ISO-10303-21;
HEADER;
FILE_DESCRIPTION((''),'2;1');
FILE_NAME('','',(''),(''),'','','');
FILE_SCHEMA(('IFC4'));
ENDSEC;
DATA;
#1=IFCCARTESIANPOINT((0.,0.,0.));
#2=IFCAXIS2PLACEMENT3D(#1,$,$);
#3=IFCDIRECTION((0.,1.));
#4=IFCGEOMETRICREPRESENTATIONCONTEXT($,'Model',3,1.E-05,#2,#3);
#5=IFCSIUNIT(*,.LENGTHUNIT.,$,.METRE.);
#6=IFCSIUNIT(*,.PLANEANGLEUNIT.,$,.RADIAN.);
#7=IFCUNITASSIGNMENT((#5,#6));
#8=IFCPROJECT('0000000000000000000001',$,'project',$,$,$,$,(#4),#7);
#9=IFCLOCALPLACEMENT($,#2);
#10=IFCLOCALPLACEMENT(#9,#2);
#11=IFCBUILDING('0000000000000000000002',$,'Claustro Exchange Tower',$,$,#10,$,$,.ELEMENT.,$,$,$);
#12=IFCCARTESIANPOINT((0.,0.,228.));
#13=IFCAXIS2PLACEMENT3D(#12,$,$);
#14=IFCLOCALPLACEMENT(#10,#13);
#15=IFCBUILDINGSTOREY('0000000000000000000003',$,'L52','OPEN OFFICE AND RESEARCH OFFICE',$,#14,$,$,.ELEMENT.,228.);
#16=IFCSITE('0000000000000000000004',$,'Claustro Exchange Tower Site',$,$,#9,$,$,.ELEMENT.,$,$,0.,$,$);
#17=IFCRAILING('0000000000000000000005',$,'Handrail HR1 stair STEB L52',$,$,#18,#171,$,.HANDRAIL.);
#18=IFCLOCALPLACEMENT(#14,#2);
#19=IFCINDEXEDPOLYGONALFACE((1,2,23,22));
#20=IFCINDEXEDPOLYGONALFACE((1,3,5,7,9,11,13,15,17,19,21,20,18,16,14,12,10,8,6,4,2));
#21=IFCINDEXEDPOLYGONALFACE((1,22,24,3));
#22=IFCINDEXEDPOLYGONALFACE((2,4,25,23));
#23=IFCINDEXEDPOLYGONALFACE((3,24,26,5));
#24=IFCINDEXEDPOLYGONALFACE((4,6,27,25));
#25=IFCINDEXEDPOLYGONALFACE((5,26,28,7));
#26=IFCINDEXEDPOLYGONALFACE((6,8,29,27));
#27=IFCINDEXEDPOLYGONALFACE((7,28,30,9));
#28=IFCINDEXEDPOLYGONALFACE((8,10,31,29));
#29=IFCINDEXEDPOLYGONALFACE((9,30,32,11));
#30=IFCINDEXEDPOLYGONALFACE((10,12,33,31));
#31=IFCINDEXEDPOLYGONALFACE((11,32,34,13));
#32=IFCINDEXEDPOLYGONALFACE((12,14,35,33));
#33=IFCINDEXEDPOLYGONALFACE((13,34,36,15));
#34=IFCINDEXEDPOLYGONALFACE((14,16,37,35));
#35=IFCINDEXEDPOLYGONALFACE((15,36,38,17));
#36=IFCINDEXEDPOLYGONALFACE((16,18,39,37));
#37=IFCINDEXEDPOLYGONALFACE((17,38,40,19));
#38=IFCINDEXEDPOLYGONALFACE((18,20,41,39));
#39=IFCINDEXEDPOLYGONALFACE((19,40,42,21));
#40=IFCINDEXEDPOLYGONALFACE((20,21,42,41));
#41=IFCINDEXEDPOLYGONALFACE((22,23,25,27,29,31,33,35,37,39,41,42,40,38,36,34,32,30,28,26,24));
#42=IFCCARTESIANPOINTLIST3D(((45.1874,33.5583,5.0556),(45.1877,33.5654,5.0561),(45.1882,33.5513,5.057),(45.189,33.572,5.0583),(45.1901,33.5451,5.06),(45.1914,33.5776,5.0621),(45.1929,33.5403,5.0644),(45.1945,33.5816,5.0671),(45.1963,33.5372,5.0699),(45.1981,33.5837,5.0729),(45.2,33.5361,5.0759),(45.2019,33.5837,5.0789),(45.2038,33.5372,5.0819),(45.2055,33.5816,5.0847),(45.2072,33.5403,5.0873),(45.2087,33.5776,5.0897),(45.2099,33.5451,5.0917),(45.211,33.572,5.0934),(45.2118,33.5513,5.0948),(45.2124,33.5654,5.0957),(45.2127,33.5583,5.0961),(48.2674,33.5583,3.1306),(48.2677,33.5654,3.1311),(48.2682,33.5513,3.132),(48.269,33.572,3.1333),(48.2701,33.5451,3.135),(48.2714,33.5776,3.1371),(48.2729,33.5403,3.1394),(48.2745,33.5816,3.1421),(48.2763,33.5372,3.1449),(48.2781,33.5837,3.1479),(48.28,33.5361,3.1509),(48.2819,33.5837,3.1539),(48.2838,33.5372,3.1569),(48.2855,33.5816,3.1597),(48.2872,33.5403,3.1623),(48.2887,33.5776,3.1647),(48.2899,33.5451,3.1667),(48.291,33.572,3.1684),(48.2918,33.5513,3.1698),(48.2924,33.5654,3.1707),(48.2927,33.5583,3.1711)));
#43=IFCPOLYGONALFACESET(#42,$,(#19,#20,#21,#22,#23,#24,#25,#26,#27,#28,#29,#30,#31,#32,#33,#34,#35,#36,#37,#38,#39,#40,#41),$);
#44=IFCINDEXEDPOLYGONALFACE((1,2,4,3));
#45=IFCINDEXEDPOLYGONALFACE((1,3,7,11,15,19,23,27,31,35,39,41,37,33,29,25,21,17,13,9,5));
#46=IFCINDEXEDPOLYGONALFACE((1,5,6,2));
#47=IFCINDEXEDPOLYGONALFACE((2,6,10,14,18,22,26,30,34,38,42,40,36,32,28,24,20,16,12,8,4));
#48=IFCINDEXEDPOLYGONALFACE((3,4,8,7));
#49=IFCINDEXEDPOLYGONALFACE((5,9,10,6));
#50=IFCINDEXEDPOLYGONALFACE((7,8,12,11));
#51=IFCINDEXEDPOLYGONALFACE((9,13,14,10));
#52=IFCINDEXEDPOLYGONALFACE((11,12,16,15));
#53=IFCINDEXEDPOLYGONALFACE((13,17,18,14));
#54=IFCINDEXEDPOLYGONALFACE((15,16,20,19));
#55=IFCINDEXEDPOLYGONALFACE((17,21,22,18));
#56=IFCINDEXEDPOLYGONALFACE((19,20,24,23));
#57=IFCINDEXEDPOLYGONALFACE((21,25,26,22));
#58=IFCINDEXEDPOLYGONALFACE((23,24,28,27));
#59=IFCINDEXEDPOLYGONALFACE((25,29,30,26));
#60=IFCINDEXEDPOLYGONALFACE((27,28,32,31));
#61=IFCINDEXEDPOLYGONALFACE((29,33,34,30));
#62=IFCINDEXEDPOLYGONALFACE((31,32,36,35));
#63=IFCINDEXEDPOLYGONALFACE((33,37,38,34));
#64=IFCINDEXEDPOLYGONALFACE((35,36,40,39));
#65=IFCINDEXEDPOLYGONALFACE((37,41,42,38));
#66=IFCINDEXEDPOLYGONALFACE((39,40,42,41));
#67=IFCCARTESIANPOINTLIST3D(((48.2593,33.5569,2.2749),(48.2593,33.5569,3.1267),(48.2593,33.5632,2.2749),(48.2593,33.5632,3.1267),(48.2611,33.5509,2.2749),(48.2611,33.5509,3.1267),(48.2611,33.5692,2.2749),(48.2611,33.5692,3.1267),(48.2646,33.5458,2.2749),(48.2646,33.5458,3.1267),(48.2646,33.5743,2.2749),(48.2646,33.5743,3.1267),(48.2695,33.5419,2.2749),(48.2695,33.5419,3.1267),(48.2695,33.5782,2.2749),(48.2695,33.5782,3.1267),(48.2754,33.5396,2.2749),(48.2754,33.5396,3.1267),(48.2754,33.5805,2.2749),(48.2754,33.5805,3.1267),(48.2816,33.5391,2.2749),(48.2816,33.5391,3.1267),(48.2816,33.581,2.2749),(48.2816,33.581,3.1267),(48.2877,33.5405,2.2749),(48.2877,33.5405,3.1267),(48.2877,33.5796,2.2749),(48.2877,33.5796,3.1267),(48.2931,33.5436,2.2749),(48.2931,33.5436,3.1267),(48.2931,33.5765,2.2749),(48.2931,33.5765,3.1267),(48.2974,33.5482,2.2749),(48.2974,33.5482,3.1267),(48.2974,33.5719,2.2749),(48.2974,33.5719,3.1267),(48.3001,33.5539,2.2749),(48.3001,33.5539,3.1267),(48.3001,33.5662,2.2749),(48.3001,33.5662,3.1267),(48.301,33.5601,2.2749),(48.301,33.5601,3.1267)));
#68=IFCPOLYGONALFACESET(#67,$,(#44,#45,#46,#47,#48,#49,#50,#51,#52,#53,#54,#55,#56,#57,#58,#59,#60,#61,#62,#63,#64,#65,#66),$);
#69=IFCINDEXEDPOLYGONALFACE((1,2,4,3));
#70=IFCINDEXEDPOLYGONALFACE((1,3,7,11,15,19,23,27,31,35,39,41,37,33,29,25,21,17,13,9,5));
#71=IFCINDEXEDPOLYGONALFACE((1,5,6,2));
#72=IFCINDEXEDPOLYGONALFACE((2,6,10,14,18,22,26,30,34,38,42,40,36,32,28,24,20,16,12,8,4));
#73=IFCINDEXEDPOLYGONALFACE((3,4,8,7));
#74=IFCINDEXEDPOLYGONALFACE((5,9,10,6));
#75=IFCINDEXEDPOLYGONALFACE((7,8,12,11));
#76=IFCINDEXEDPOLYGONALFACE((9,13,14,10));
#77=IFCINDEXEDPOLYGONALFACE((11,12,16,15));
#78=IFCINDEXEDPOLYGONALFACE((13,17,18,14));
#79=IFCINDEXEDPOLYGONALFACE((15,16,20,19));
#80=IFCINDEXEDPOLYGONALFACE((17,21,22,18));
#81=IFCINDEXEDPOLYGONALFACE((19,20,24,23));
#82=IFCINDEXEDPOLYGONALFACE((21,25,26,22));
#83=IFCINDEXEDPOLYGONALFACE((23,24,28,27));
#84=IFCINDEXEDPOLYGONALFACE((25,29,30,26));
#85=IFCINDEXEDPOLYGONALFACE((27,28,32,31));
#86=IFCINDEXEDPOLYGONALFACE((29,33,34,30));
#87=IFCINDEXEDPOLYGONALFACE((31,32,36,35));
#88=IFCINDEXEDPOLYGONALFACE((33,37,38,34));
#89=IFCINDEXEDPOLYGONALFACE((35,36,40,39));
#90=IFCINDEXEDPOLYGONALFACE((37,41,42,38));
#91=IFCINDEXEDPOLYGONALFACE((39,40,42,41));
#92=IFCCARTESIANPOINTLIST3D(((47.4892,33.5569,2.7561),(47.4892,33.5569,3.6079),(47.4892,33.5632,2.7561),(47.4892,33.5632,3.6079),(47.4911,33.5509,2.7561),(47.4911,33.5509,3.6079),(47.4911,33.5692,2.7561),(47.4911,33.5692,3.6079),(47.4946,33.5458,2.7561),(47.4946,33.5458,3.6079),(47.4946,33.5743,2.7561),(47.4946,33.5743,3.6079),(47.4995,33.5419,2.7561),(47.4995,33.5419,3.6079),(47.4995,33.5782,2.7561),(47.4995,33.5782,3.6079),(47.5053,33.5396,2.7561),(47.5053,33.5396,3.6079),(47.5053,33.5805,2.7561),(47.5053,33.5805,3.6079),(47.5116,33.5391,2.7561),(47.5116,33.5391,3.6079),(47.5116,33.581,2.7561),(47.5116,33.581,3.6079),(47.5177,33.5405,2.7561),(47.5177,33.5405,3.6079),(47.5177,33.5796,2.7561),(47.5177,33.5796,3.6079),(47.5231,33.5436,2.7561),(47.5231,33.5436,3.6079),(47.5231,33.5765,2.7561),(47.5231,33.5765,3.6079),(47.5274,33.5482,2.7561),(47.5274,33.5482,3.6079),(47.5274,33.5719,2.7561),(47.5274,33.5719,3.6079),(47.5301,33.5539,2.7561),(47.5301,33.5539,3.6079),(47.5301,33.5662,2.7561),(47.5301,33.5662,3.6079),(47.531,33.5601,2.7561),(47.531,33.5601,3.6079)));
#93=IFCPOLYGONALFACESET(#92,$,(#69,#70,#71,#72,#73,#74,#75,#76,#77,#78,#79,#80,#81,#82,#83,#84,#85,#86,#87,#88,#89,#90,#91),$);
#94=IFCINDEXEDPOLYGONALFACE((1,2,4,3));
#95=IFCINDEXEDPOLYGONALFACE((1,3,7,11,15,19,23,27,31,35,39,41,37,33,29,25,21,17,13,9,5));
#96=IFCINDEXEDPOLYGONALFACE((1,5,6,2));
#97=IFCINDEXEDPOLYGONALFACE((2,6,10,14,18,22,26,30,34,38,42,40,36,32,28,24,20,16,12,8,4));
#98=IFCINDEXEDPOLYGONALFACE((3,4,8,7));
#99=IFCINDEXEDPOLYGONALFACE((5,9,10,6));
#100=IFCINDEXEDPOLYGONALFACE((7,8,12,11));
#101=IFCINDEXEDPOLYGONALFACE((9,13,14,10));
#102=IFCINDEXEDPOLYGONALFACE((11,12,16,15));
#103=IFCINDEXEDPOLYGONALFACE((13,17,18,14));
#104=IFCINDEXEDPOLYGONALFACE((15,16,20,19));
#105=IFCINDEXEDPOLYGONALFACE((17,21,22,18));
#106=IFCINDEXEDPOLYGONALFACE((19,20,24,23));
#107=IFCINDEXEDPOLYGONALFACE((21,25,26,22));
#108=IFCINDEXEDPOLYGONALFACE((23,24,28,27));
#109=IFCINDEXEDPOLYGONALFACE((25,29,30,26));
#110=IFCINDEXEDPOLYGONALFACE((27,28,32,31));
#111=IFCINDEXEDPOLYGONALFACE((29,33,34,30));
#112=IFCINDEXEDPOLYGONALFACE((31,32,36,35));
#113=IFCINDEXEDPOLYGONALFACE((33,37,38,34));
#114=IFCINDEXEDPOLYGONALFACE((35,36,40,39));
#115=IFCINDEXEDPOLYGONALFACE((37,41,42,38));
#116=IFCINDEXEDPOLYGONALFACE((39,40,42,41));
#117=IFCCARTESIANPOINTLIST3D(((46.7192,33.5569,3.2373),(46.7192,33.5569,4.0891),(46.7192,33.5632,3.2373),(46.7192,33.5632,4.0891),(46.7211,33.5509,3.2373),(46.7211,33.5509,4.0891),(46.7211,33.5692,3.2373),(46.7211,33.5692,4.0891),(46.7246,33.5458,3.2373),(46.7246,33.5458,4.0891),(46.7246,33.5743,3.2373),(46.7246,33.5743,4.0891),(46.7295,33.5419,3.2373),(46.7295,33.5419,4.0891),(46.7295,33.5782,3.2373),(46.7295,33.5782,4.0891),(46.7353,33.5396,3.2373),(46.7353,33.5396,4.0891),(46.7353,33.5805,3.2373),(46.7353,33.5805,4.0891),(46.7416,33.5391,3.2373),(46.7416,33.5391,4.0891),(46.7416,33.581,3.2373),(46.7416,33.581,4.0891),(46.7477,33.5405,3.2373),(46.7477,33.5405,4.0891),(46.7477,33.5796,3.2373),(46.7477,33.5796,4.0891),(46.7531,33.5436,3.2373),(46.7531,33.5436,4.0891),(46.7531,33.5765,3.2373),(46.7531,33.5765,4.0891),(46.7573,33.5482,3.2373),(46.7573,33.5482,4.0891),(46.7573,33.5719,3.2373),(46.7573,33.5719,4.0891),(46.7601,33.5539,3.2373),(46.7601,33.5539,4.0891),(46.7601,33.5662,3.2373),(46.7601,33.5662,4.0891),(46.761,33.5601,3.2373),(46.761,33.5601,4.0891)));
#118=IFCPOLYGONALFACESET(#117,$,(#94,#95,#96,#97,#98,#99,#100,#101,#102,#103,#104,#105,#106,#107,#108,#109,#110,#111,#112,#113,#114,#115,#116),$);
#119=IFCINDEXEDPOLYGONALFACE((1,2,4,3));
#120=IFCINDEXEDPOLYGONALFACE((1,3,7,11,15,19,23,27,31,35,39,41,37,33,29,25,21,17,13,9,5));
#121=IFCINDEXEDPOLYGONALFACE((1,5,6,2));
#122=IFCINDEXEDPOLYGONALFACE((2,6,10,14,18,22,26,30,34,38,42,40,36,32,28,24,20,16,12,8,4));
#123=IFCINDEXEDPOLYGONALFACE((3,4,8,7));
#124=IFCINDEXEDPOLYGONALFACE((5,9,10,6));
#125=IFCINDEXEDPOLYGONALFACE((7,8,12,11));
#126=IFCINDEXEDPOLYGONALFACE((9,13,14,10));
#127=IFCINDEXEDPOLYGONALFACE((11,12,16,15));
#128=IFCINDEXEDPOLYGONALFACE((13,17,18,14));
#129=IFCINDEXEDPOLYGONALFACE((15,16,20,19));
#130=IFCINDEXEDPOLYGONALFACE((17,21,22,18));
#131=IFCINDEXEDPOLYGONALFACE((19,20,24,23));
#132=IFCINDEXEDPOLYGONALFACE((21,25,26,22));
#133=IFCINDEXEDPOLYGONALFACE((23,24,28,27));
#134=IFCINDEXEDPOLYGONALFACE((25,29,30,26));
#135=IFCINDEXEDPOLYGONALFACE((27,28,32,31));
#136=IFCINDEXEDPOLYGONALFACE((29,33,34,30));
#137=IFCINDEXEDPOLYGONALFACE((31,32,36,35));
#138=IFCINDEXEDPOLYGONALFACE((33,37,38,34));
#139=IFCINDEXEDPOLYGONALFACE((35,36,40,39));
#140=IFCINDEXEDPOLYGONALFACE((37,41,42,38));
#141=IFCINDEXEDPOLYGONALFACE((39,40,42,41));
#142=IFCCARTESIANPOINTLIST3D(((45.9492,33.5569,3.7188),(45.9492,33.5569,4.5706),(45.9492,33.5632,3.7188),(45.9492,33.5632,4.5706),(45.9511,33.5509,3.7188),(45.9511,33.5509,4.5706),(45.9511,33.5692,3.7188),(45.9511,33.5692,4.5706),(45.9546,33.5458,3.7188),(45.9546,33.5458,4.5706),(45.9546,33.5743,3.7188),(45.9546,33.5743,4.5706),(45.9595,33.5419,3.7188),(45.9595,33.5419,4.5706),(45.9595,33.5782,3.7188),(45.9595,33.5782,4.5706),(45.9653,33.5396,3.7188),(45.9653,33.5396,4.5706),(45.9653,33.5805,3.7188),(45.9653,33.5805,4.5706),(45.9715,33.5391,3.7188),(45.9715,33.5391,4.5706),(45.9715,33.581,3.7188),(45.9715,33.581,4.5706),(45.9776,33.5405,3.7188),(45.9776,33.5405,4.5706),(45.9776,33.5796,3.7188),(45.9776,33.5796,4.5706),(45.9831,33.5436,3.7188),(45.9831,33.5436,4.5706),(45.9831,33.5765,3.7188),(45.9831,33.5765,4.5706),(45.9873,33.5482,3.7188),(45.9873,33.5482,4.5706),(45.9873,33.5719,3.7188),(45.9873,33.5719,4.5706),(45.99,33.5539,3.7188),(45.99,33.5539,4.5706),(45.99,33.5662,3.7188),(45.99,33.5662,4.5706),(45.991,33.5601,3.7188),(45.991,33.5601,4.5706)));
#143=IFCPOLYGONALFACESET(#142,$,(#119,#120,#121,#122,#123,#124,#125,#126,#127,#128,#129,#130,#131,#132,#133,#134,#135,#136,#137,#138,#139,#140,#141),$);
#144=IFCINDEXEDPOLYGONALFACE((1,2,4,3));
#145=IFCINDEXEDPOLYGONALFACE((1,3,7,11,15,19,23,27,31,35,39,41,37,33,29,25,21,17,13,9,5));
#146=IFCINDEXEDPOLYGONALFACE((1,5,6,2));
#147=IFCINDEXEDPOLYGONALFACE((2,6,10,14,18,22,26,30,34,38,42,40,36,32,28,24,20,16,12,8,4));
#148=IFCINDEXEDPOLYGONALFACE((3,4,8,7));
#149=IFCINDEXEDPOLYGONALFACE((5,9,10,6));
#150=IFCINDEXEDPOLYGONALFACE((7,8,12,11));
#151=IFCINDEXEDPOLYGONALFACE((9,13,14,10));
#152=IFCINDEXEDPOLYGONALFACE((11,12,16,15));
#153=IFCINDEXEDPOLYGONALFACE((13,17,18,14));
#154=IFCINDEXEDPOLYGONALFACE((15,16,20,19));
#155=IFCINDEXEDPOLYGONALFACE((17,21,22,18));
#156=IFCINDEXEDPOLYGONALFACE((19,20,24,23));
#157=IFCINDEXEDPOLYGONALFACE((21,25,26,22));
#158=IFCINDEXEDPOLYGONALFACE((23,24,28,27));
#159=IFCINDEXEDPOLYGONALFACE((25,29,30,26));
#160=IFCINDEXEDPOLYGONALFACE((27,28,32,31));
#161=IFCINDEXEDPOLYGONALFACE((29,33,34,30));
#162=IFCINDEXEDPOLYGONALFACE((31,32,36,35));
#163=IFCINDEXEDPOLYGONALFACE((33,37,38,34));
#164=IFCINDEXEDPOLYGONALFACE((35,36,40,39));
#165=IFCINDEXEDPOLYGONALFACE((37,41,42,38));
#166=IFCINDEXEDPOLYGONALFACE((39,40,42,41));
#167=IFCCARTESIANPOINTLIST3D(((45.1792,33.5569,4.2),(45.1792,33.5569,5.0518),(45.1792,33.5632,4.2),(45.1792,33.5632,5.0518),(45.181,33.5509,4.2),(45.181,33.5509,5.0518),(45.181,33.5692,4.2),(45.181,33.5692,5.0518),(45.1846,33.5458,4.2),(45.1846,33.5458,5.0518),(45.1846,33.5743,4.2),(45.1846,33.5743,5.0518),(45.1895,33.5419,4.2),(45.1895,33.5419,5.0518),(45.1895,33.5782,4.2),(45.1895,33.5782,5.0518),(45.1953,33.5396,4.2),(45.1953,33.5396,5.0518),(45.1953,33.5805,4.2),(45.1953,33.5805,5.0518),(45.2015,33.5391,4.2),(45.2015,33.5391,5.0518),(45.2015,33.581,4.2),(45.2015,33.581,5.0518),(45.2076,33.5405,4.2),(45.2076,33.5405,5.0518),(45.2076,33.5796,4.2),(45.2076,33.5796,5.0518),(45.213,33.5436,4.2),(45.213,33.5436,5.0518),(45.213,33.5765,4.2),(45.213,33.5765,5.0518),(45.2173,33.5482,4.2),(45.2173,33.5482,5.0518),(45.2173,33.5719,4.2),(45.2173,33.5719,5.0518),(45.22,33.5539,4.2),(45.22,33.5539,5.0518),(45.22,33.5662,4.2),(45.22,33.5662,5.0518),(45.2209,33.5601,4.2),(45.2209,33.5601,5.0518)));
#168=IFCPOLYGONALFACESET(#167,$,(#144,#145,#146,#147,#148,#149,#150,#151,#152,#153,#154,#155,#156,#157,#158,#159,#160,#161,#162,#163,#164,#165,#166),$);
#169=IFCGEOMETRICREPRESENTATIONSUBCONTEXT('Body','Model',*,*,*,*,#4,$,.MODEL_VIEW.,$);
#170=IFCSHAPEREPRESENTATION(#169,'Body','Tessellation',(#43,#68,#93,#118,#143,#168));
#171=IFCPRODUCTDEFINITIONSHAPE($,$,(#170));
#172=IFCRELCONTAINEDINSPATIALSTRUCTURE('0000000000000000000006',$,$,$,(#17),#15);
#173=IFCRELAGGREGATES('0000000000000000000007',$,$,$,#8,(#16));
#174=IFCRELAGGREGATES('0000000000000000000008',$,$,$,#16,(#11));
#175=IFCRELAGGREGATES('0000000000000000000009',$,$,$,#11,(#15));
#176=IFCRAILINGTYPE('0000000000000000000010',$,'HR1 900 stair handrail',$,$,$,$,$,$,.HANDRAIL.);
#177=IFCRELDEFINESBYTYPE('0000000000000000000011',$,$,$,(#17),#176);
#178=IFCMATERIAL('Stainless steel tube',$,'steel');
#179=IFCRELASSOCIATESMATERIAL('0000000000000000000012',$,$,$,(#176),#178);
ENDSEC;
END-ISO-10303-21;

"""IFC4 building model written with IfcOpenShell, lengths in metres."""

from ifc_helpers import new_model, si_unit, direction, frame, origin, origin_2d, place, context, subcontext, project, spatial, circle, extrude, material, type_object, element, save


model = new_model("IFC4")

# Units and contexts
model_context = context("Model", 3, precision=1e-05, world=origin(), true_north=direction((0.0, 1.0)))
body_context = subcontext(model_context, "Body", "Model", "MODEL_VIEW")
ifc_project = project(units=[si_unit("LENGTHUNIT", "METRE"), si_unit("PLANEANGLEUNIT", "RADIAN")], contexts=[model_context])

# Site, building, storey
site_placement = place(None, origin())
site = spatial("IfcSite", under=ifc_project, at=site_placement, Name="Claustro Exchange Tower Site", CompositionType="ELEMENT", RefElevation=0.0)
building_placement = place(site_placement, origin())
building = spatial("IfcBuilding", under=site, at=building_placement, Name="Claustro Exchange Tower", CompositionType="ELEMENT")
storey_placement = place(building_placement, frame((0.0, 0.0, 228.0)))
storey = spatial("IfcBuildingStorey", under=building, at=storey_placement, Name="L52", Description="OPEN OFFICE AND RESEARCH OFFICE", CompositionType="ELEMENT", Elevation=228.0)

# Railing
ifc_material_1 = material(Name="Stainless steel tube", Category="steel")
railing_type_1 = type_object("IfcRailingType", Name="HR1 900 stair handrail", PredefinedType="HANDRAIL", material=ifc_material_1)
railing_1_placement = place(storey_placement, frame((48.28, 33.5601, 2.2749)))
element("IfcRailing", 1, at=railing_1_placement, inside=storey, type_object=railing_type_1, Name="Handrail HR1 stair STEB L52", PredefinedType="HANDRAIL", context=body_context, shape_type="SweptSolid", body=[
    extrude(circle(Radius=0.0239, at=origin_2d()), frame((0.0, 0.0, 0.876), z_axis=(-0.847998, 0.0, 0.529999), x_axis=(0.0, -1.0, 0.0)), (0.0, 0.0, 1.0), 3.6321),
    extrude(circle(Radius=0.021, at=origin_2d()), origin(), (0.0, 0.0, 1.0), 0.8518),
    extrude(circle(Radius=0.021, at=origin_2d()), frame((-0.77, 0.0, 0.4812)), (0.0, 0.0, 1.0), 0.8518),
    extrude(circle(Radius=0.021, at=origin_2d()), frame((-1.54, 0.0, 0.9624)), (0.0, 0.0, 1.0), 0.8518),
    extrude(circle(Radius=0.021, at=origin_2d()), frame((-2.3101, 0.0, 1.4438)), (0.0, 0.0, 1.0), 0.8518),
    extrude(circle(Radius=0.021, at=origin_2d()), frame((-3.0801, 0.0, 1.925)), (0.0, 0.0, 1.0), 0.8518),
])

save(model, "model.ifc")
